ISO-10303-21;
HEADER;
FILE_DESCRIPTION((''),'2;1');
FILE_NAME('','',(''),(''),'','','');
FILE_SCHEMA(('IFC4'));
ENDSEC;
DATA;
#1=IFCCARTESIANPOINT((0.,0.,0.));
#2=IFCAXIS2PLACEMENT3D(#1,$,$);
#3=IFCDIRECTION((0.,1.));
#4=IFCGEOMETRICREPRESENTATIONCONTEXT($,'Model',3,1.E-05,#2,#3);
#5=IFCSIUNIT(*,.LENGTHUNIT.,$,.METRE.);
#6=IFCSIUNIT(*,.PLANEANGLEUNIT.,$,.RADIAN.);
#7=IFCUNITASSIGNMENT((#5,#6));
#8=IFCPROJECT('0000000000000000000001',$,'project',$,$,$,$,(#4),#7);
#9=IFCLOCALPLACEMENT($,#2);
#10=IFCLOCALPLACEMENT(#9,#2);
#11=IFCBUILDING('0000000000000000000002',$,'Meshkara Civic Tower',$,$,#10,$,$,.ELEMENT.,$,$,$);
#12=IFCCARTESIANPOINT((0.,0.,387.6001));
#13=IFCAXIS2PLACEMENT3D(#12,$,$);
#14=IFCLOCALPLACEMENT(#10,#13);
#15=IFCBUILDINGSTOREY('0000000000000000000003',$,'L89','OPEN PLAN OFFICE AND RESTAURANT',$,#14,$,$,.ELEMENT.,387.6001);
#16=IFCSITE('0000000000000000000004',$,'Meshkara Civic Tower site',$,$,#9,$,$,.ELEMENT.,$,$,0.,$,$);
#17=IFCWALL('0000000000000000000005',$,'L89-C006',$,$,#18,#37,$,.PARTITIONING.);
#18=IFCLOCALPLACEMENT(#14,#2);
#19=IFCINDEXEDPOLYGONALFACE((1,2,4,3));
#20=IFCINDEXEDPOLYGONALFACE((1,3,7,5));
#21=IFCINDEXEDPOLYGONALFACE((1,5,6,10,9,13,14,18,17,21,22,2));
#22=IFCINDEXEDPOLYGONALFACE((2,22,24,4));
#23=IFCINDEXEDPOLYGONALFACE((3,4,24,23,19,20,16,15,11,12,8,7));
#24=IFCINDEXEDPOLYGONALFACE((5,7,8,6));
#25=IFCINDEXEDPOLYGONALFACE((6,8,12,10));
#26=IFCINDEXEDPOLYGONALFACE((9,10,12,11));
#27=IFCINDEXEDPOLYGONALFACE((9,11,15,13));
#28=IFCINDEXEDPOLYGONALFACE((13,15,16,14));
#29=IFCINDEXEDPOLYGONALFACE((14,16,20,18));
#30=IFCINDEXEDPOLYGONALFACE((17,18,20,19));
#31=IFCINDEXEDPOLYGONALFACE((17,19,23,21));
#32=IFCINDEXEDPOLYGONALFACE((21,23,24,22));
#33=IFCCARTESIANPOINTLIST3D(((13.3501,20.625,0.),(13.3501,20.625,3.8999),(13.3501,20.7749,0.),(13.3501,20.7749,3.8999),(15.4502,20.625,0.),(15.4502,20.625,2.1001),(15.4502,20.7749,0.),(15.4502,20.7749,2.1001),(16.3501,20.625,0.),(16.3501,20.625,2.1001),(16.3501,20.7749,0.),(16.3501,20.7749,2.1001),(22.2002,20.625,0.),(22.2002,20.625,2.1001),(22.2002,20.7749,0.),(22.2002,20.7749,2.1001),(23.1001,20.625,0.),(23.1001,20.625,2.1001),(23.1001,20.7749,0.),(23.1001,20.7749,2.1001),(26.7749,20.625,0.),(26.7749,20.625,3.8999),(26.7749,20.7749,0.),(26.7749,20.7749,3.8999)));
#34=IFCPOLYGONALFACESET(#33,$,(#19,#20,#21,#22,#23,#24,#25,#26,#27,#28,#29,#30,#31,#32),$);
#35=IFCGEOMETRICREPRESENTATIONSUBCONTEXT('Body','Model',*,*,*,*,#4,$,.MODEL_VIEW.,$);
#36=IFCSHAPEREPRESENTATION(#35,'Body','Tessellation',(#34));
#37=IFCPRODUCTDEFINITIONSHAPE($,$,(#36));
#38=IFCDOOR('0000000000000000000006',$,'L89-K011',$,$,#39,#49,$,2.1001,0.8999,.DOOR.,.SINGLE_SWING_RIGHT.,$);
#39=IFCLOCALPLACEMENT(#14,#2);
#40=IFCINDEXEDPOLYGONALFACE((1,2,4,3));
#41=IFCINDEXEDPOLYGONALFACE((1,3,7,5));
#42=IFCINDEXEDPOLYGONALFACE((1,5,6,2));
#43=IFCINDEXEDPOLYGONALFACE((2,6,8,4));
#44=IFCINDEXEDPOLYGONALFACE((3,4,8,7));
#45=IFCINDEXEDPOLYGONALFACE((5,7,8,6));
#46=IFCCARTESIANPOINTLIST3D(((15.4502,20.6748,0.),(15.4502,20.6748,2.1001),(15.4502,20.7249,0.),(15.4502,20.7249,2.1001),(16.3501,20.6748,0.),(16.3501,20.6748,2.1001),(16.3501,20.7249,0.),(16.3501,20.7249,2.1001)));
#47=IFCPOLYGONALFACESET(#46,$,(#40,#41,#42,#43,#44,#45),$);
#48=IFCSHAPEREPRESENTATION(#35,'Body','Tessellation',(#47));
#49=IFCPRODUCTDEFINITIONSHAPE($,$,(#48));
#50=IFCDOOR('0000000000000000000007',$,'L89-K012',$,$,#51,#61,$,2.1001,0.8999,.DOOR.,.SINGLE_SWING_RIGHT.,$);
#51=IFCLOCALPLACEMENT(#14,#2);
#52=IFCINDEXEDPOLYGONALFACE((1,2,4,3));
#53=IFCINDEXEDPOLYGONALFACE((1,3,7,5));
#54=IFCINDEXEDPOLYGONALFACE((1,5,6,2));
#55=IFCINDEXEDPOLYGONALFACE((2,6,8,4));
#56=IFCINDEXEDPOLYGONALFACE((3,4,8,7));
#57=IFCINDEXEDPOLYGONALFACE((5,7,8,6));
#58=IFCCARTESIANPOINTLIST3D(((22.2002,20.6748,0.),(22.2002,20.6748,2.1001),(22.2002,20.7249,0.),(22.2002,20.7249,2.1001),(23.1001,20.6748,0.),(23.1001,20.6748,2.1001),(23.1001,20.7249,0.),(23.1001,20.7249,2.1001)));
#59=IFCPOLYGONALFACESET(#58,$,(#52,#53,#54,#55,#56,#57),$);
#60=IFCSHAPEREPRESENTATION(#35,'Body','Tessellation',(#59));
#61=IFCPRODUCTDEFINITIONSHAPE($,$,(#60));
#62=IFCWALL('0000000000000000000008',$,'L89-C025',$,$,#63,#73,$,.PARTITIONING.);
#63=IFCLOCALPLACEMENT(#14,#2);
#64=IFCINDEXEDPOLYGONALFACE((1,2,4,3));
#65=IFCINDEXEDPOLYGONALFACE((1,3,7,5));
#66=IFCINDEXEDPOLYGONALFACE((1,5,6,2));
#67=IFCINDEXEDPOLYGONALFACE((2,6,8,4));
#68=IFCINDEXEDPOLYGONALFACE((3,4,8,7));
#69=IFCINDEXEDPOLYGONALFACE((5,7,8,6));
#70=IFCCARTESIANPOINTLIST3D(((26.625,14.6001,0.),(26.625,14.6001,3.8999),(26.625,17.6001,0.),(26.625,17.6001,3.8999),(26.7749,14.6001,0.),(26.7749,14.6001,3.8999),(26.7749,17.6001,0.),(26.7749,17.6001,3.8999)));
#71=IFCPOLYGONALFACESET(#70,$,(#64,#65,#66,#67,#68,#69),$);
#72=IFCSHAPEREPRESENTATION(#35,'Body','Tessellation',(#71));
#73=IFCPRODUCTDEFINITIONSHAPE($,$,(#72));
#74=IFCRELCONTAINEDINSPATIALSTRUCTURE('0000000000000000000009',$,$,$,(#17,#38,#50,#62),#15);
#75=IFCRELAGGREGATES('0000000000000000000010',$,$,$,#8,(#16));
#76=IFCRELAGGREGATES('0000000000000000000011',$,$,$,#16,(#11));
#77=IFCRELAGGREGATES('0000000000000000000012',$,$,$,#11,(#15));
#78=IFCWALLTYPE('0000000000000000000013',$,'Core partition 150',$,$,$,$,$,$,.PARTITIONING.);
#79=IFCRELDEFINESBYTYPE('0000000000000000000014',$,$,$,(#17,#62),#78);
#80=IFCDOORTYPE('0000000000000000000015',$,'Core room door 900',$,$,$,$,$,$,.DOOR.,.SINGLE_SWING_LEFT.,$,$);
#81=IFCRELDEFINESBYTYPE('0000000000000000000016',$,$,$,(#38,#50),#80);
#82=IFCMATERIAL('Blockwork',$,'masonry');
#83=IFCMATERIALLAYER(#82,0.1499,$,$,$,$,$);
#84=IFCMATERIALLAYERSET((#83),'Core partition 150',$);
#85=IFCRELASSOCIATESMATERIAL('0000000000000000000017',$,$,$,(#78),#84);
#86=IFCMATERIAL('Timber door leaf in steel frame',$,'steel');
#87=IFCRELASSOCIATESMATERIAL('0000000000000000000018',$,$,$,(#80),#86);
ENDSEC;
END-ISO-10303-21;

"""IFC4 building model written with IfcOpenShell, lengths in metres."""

from ifc_helpers import new_model, si_unit, direction, frame, frame_2d, origin, place, context, subcontext, project, spatial, rectangle, extrude, material, layer, layer_set, type_object, element, fill, save


model = new_model("IFC4")

# Units and contexts
model_context = context("Model", 3, precision=1e-05, world=origin(), true_north=direction((0.0, 1.0)))
body_context = subcontext(model_context, "Body", "Model", "MODEL_VIEW")
ifc_project = project(units=[si_unit("LENGTHUNIT", "METRE"), si_unit("PLANEANGLEUNIT", "RADIAN")], contexts=[model_context])

# Site, building, storey
site_placement = place(None, origin())
site = spatial("IfcSite", under=ifc_project, at=site_placement, Name="Meshkara Civic Tower site", CompositionType="ELEMENT", RefElevation=0.0)
building_placement = place(site_placement, origin())
building = spatial("IfcBuilding", under=site, at=building_placement, Name="Meshkara Civic Tower", CompositionType="ELEMENT")
storey_placement = place(building_placement, frame((0.0, 0.0, 387.6001)))
storey = spatial("IfcBuildingStorey", under=building, at=storey_placement, Name="L89", Description="OPEN PLAN OFFICE AND RESTAURANT", CompositionType="ELEMENT", Elevation=387.6001)

# Wall, openings, doors
ifc_material_1 = material(Name="Blockwork", Category="masonry")
ifc_layer_1 = layer(ifc_material_1, 0.1499)
ifc_layer_set_1 = layer_set([ifc_layer_1], Name="Core partition 150")
wall_type_1 = type_object("IfcWallType", Name="Core partition 150", PredefinedType="PARTITIONING", material=ifc_layer_set_1)
wall_1_placement = place(storey_placement, frame((13.3501, 20.7, 0.0), z_axis=(0.0, 0.0, 1.0), x_axis=(1.0, 0.0, 0.0)))
wall_1 = element("IfcWall", 1, at=wall_1_placement, inside=storey, type_object=wall_type_1, Name="L89-C006", PredefinedType="PARTITIONING", context=body_context, shape_type="SweptSolid", body=[
    extrude(rectangle(XDim=13.4248, YDim=0.1499, at=frame_2d((6.7124, 0.0))), origin(), (0.0, 0.0, 1.0), 3.8999),
])
opening_1_placement = place(wall_1_placement, frame((2.1001, 0.0, 0.0)))
opening_1 = element("IfcOpeningElement", 2, at=opening_1_placement, cuts=wall_1, PredefinedType="OPENING", context=body_context, shape_type="SweptSolid", body=[
    extrude(rectangle(XDim=0.8999, YDim=2.1001, at=frame_2d((0.45, 1.05))), frame((0.0, 0.085, 0.0), z_axis=(0.0, -1.0, 0.0), x_axis=(1.0, 0.0, 0.0)), (0.0, 0.0, 1.0), 0.1699),
])
opening_2_placement = place(wall_1_placement, frame((8.8501, 0.0, 0.0)))
opening_2 = element("IfcOpeningElement", 3, at=opening_2_placement, cuts=wall_1, PredefinedType="OPENING", context=body_context, shape_type="SweptSolid", body=[
    extrude(rectangle(XDim=0.8999, YDim=2.1001, at=frame_2d((0.45, 1.05))), frame((0.0, 0.085, 0.0), z_axis=(0.0, -1.0, 0.0), x_axis=(1.0, 0.0, 0.0)), (0.0, 0.0, 1.0), 0.1699),
])
ifc_material_2 = material(Name="Timber door leaf in steel frame", Category="steel")
door_type_1 = type_object("IfcDoorType", Name="Core room door 900", OperationType="SINGLE_SWING_LEFT", PredefinedType="DOOR", material=ifc_material_2)
door_1_placement = place(opening_1_placement, origin())
door_1 = element("IfcDoor", 4, at=door_1_placement, inside=storey, type_object=door_type_1, Name="L89-K011", OperationType="SINGLE_SWING_RIGHT", OverallHeight=2.1001, OverallWidth=0.8999, PredefinedType="DOOR", context=body_context, shape_type="SweptSolid", body=[
    extrude(rectangle(XDim=0.8999, YDim=2.1001, at=frame_2d((0.45, 1.05))), frame((0.0, 0.0249, 0.0), z_axis=(0.0, -1.0, 0.0), x_axis=(1.0, 0.0, 0.0)), (0.0, 0.0, 1.0), 0.05),
])
fill(opening_1, door_1)
door_2_placement = place(opening_2_placement, origin())
door_2 = element("IfcDoor", 5, at=door_2_placement, inside=storey, type_object=door_type_1, Name="L89-K012", OperationType="SINGLE_SWING_RIGHT", OverallHeight=2.1001, OverallWidth=0.8999, PredefinedType="DOOR", context=body_context, shape_type="SweptSolid", body=[
    extrude(rectangle(XDim=0.8999, YDim=2.1001, at=frame_2d((0.45, 1.05))), frame((0.0, 0.0249, 0.0), z_axis=(0.0, -1.0, 0.0), x_axis=(1.0, 0.0, 0.0)), (0.0, 0.0, 1.0), 0.05),
])
fill(opening_2, door_2)

# Wall
wall_2_placement = place(storey_placement, frame((26.7, 14.6001, 0.0), z_axis=(0.0, 0.0, 1.0), x_axis=(0.0, 1.0, 0.0)))
element("IfcWall", 6, at=wall_2_placement, inside=storey, type_object=wall_type_1, Name="L89-C025", PredefinedType="PARTITIONING", context=body_context, shape_type="SweptSolid", body=[
    extrude(rectangle(XDim=3.0, YDim=0.1499, at=frame_2d((1.5, 0.0))), origin(), (0.0, 0.0, 1.0), 3.8999),
])

save(model, "model.ifc")
